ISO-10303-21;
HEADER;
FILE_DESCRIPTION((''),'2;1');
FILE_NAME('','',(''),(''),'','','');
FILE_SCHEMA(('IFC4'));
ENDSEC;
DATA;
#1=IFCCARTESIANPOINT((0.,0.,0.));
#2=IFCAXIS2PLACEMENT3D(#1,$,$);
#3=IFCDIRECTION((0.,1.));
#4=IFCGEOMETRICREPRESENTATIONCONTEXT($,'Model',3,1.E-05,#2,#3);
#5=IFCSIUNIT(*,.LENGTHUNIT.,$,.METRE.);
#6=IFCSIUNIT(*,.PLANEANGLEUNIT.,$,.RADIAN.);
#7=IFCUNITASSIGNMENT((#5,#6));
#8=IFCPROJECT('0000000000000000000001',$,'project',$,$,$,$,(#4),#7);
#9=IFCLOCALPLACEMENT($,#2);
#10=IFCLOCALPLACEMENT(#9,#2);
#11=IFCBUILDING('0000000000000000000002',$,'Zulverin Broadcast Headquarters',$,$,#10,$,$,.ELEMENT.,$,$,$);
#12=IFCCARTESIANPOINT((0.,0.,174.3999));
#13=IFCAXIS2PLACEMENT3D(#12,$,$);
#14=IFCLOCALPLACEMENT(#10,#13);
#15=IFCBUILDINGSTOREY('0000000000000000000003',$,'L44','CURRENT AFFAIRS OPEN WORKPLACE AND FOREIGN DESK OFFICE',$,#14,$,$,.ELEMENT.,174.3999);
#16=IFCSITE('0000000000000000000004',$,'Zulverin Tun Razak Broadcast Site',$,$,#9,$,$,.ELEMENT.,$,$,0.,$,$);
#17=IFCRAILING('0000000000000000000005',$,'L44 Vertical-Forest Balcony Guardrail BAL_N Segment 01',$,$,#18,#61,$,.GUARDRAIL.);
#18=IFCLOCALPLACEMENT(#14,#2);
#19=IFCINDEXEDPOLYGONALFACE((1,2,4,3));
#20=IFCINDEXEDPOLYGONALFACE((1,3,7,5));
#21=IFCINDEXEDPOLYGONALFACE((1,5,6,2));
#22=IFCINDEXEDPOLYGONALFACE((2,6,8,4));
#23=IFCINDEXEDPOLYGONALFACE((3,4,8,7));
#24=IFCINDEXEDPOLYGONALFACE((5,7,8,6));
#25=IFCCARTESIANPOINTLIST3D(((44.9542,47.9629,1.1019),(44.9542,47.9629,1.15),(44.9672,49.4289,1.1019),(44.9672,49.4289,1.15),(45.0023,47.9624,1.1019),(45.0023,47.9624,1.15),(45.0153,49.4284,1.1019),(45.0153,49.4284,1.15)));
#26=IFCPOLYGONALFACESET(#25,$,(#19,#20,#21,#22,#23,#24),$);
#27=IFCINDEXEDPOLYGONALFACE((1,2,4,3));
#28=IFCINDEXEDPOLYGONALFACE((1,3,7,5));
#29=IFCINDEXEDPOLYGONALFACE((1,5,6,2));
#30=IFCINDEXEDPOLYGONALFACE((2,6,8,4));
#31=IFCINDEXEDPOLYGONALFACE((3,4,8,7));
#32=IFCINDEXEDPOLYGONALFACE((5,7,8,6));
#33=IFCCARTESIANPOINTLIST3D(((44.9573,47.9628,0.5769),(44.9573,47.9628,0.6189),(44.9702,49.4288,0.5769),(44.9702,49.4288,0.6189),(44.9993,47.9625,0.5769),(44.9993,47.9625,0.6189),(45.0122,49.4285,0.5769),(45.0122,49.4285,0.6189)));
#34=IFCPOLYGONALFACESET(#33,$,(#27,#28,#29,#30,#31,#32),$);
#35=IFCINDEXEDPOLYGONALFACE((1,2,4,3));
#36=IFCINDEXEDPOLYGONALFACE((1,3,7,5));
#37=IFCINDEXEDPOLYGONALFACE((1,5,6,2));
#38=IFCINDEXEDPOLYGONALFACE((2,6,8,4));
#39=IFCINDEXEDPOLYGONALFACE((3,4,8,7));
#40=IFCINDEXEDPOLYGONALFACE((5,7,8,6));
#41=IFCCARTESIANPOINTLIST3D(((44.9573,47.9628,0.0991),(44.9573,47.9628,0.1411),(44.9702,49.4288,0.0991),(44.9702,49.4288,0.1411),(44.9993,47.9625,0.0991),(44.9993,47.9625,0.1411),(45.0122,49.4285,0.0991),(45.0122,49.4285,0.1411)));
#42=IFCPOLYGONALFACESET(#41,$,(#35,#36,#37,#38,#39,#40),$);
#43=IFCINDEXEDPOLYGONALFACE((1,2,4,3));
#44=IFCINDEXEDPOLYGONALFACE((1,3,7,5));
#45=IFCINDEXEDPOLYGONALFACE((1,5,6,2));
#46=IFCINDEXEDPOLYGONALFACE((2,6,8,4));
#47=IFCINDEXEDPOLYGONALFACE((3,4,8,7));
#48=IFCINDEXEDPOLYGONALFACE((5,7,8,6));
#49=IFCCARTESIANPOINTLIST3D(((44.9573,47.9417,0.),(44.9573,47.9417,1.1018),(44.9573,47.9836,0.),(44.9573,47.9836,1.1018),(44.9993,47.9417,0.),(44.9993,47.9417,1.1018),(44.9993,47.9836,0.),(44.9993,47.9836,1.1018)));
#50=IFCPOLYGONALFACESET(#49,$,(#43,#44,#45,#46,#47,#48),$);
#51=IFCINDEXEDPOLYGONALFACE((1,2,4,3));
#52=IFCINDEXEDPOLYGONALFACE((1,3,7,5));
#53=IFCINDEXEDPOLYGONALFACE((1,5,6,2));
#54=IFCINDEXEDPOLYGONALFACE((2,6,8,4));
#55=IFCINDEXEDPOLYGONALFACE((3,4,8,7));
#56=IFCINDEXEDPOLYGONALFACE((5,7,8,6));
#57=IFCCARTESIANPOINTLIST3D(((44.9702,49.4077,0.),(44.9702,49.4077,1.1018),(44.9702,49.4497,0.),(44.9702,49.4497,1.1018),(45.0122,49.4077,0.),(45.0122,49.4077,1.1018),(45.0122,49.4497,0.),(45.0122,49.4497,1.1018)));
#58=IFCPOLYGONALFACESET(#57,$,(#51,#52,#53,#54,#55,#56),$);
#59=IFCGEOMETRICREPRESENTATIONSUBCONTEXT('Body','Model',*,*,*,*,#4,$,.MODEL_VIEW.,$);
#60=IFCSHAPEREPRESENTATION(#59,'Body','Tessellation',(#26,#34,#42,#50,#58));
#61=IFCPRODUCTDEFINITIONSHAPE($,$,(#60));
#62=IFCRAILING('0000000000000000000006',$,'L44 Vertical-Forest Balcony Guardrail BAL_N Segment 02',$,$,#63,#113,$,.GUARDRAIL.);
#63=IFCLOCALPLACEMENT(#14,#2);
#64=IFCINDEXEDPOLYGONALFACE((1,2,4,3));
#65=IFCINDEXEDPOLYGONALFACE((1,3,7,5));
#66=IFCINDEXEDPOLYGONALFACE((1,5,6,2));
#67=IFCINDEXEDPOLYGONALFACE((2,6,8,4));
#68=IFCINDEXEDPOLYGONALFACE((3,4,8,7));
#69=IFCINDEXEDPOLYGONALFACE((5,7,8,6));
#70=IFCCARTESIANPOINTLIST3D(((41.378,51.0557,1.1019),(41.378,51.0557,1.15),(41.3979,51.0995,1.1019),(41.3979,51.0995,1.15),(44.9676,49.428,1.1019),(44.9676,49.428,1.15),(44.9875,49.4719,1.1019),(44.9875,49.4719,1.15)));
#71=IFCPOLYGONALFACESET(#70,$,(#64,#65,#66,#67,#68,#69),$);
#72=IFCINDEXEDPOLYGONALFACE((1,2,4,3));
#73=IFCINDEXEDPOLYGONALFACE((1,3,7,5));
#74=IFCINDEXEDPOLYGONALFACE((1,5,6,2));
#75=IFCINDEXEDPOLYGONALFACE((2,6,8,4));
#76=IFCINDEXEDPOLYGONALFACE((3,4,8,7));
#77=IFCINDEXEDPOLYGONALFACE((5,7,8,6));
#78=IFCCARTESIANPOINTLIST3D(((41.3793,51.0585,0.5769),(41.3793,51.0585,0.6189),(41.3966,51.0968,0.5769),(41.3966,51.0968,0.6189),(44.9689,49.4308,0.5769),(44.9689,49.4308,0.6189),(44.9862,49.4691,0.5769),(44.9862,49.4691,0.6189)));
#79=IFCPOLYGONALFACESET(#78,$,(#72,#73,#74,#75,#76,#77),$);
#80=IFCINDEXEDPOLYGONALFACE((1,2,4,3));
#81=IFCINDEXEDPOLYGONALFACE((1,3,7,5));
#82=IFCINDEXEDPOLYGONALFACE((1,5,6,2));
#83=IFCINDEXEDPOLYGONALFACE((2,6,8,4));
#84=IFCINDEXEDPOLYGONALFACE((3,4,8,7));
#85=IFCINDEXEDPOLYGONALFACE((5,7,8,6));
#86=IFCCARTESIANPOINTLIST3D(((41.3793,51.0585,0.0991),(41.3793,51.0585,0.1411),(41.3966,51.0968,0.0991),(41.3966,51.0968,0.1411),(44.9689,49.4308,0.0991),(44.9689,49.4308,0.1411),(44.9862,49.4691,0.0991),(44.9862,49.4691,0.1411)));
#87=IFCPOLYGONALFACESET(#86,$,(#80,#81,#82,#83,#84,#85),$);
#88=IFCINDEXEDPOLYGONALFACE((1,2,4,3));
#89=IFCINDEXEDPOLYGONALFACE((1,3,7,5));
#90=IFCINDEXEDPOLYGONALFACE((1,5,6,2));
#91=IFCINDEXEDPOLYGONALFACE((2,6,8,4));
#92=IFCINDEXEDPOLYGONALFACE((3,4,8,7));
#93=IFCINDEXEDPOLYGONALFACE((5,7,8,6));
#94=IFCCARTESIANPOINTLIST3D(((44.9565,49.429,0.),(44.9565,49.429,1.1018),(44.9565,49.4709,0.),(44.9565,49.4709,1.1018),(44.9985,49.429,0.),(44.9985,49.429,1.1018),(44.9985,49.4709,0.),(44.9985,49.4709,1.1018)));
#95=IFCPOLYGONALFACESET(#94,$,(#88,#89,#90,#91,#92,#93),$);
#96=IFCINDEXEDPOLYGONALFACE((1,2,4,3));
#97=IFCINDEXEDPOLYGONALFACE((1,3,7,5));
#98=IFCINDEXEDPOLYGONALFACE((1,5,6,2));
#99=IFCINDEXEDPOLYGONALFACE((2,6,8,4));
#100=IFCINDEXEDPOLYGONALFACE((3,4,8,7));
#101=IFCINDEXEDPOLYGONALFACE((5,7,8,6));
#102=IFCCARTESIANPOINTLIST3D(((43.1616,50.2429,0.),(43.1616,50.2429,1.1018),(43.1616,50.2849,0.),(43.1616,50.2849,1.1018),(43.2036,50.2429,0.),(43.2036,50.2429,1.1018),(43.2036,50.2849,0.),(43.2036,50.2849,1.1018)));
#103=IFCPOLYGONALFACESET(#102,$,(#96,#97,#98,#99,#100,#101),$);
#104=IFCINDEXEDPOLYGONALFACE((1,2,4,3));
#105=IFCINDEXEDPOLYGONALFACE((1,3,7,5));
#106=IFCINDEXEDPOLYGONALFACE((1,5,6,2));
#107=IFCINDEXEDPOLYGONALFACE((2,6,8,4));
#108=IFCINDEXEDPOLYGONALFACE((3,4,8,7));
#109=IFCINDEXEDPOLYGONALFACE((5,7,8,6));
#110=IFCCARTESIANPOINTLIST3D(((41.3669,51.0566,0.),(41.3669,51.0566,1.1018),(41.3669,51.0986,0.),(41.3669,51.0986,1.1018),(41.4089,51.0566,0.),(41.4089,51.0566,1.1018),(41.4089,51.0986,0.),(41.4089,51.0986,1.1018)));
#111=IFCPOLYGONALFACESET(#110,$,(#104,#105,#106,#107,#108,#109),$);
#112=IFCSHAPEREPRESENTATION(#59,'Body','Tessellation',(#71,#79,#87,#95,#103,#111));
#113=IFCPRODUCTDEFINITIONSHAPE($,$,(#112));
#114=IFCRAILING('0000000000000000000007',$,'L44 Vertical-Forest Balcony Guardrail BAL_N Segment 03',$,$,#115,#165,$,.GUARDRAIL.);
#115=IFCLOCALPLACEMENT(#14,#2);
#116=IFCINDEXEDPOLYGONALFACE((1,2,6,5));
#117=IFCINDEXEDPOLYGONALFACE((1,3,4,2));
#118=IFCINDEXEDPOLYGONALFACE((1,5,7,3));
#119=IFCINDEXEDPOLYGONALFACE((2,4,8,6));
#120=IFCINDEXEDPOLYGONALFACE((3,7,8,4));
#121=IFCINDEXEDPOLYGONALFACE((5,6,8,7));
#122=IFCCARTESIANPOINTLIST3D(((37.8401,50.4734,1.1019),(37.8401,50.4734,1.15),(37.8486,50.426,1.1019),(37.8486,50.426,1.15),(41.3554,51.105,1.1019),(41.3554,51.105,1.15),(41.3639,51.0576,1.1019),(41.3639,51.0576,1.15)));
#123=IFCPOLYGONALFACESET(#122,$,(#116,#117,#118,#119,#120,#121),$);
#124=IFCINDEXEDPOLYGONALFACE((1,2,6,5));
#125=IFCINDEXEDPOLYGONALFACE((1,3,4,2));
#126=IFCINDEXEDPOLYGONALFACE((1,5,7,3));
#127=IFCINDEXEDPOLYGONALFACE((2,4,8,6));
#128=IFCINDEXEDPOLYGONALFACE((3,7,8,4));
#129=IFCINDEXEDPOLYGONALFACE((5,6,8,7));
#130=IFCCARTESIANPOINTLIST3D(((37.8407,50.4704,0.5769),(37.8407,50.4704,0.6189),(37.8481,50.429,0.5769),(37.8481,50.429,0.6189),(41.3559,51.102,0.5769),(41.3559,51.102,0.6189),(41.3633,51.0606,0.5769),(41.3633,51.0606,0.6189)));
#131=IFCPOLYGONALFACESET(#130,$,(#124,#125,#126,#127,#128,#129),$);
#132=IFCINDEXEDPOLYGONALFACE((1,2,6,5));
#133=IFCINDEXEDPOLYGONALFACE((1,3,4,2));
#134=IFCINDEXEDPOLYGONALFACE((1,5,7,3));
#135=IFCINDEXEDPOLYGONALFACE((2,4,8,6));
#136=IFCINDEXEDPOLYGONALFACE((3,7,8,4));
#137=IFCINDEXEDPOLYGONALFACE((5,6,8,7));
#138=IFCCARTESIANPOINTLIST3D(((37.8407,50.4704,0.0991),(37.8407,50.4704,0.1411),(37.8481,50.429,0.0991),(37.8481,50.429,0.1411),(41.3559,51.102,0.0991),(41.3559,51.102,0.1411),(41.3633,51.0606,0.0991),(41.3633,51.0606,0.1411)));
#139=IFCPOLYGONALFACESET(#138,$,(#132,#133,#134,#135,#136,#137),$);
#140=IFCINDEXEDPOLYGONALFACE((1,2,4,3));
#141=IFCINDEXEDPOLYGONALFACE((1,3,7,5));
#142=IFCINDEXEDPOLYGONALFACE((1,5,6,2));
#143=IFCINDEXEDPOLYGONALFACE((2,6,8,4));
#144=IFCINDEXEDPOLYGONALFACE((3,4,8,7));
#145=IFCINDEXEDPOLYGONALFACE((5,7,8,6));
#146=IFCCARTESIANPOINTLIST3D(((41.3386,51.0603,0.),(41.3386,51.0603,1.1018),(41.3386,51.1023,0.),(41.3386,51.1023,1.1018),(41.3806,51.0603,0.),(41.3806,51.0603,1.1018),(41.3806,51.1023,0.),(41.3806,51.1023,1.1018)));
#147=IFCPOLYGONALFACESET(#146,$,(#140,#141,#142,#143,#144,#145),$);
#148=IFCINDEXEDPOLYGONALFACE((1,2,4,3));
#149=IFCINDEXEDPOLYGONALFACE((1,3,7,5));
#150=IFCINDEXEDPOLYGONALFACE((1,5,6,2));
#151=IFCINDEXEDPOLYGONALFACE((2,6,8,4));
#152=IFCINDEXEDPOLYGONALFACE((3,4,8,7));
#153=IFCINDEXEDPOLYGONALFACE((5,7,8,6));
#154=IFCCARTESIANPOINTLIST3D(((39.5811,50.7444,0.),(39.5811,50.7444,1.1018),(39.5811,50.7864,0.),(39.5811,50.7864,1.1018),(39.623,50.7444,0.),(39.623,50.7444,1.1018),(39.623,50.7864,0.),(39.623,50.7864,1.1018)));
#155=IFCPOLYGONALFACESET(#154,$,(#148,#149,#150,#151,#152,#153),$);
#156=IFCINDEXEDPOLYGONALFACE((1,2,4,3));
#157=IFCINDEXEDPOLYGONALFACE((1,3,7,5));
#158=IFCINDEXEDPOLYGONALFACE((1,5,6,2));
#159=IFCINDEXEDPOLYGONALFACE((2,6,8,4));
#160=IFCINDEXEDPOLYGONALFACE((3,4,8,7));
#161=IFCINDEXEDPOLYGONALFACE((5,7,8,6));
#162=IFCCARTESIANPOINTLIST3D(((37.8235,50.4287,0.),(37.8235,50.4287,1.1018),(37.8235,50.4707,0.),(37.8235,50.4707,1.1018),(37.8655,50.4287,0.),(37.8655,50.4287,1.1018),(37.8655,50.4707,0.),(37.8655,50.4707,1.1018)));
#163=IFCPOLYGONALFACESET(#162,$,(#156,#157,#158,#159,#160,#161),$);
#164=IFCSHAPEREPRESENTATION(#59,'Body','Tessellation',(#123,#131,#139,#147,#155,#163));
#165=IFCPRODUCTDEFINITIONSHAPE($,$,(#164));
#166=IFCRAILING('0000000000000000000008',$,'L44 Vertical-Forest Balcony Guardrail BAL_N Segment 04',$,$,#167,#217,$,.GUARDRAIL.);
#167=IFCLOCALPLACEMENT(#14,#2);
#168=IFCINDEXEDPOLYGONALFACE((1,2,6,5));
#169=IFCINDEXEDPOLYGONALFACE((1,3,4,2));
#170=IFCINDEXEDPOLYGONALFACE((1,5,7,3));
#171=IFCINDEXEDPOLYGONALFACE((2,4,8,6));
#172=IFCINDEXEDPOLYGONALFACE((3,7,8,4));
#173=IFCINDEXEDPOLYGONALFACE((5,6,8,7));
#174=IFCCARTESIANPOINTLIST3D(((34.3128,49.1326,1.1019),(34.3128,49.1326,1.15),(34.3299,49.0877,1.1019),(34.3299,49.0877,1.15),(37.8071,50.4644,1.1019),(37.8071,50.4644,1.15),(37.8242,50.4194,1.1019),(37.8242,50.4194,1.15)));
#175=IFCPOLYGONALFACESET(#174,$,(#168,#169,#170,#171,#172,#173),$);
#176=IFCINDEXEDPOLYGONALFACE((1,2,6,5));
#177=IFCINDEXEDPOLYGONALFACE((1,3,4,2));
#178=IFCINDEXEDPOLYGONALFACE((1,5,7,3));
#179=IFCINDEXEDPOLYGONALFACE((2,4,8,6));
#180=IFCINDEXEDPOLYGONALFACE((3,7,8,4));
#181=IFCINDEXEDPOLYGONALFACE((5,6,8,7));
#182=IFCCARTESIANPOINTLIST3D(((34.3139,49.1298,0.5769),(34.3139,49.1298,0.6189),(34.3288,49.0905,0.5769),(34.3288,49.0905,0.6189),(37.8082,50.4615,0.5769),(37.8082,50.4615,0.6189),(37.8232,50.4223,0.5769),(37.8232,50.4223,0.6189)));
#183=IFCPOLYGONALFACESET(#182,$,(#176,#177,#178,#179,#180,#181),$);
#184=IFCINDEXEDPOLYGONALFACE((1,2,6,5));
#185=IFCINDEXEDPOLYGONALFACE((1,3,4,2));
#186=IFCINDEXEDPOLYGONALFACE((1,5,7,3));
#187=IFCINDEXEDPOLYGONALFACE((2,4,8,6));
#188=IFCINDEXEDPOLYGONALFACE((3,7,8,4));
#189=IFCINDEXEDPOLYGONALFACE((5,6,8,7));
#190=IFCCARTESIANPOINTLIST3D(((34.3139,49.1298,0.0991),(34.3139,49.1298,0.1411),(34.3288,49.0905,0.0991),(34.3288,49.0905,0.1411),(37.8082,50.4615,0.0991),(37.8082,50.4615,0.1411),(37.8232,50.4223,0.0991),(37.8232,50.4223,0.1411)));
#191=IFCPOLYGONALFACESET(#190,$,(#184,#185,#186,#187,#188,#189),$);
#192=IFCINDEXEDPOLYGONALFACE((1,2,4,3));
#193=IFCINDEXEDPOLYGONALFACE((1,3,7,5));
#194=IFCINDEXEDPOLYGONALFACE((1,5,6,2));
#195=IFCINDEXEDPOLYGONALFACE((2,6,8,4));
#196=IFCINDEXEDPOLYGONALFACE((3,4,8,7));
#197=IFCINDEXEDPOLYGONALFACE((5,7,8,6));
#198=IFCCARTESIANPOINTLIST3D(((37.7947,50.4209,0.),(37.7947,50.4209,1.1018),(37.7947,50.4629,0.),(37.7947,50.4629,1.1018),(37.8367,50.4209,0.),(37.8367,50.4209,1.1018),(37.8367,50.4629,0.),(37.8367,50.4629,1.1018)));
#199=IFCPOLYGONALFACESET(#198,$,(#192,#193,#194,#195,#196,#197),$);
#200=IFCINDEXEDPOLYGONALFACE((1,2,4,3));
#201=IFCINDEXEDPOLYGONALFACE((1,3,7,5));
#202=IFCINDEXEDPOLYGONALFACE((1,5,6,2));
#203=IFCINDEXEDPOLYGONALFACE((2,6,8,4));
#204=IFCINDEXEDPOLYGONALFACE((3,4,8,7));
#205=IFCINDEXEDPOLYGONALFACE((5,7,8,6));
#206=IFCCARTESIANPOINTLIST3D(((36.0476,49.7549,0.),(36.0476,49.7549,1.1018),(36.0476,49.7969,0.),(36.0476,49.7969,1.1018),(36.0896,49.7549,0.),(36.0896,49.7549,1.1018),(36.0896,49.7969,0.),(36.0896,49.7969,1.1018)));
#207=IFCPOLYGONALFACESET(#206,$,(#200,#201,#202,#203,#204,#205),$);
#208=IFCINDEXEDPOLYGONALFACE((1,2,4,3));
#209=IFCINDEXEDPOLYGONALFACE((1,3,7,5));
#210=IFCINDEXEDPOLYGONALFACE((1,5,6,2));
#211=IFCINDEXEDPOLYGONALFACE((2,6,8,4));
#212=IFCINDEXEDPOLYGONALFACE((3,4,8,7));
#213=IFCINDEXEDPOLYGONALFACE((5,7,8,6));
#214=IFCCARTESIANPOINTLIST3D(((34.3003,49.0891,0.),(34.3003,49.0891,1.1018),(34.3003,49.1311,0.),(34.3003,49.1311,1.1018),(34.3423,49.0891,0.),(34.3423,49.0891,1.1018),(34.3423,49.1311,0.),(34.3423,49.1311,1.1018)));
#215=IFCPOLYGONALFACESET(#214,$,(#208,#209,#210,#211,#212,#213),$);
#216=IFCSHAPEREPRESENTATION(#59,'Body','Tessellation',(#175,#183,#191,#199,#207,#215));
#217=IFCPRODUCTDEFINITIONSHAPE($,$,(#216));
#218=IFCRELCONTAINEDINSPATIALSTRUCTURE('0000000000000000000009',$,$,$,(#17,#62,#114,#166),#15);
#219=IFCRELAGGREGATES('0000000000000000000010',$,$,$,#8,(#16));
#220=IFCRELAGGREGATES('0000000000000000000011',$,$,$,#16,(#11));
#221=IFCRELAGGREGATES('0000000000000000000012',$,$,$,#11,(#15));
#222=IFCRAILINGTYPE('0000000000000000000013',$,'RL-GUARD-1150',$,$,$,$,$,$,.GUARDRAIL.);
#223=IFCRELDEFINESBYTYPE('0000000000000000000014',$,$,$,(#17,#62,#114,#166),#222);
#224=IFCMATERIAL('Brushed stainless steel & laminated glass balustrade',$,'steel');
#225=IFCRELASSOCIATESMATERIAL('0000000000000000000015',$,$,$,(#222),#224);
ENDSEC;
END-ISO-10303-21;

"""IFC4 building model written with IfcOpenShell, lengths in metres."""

from ifc_helpers import new_model, si_unit, direction, frame, origin, origin_2d, place, context, subcontext, project, spatial, rectangle, extrude, material, type_object, element, save


model = new_model("IFC4")

# Units and contexts
model_context = context("Model", 3, precision=1e-05, world=origin(), true_north=direction((0.0, 1.0)))
body_context = subcontext(model_context, "Body", "Model", "MODEL_VIEW")
ifc_project = project(units=[si_unit("LENGTHUNIT", "METRE"), si_unit("PLANEANGLEUNIT", "RADIAN")], contexts=[model_context])

# Site, building, storey
site_placement = place(None, origin())
site = spatial("IfcSite", under=ifc_project, at=site_placement, Name="Zulverin Tun Razak Broadcast Site", CompositionType="ELEMENT", RefElevation=0.0)
building_placement = place(site_placement, origin())
building = spatial("IfcBuilding", under=site, at=building_placement, Name="Zulverin Broadcast Headquarters", CompositionType="ELEMENT")
storey_placement = place(building_placement, frame((0.0, 0.0, 174.3999)))
storey = spatial("IfcBuildingStorey", under=building, at=storey_placement, Name="L44", Description="CURRENT AFFAIRS OPEN WORKPLACE AND FOREIGN DESK OFFICE", CompositionType="ELEMENT", Elevation=174.3999)

# Railings
ifc_material_1 = material(Name="Brushed stainless steel & laminated glass balustrade", Category="steel")
railing_type_1 = type_object("IfcRailingType", Name="RL-GUARD-1150", PredefinedType="GUARDRAIL", material=ifc_material_1)
railing_1_placement = place(storey_placement, frame((44.9783, 47.9626, 0.0)))
element("IfcRailing", 1, at=railing_1_placement, inside=storey, type_object=railing_type_1, Name="L44 Vertical-Forest Balcony Guardrail BAL_N Segment 01", PredefinedType="GUARDRAIL", context=body_context, shape_type="SweptSolid", body=[
    extrude(rectangle(XDim=0.0481, YDim=0.0481, at=origin_2d()), frame((0.0, 0.0, 1.126), z_axis=(0.008826, 0.999961, 0.0), x_axis=(-0.999961, 0.008826, 0.0)), (0.0, 0.0, 1.0), 1.4661),
    extrude(rectangle(XDim=0.042, YDim=0.042, at=origin_2d()), frame((0.0, 0.0, 0.5979), z_axis=(0.008826, 0.999961, 0.0), x_axis=(-0.999961, 0.008826, 0.0)), (0.0, 0.0, 1.0), 1.4661),
    extrude(rectangle(XDim=0.042, YDim=0.042, at=origin_2d()), frame((0.0, 0.0, 0.1201), z_axis=(0.008826, 0.999961, 0.0), x_axis=(-0.999961, 0.008826, 0.0)), (0.0, 0.0, 1.0), 1.4661),
    extrude(rectangle(XDim=0.042, YDim=0.042, at=origin_2d()), origin(), (0.0, 0.0, 1.0), 1.1018),
    extrude(rectangle(XDim=0.042, YDim=0.042, at=origin_2d()), frame((0.0129, 1.4661, 0.0)), (0.0, 0.0, 1.0), 1.1018),
])
railing_2_placement = place(storey_placement, frame((44.9775, 49.45, 0.0)))
element("IfcRailing", 2, at=railing_2_placement, inside=storey, type_object=railing_type_1, Name="L44 Vertical-Forest Balcony Guardrail BAL_N Segment 02", PredefinedType="GUARDRAIL", context=body_context, shape_type="SweptSolid", body=[
    extrude(rectangle(XDim=0.0481, YDim=0.0481, at=origin_2d()), frame((0.0, 0.0, 1.126), z_axis=(-0.910744, 0.412972, 0.0), x_axis=(-0.412972, -0.910744, 0.0)), (0.0, 0.0, 1.0), 3.9414),
    extrude(rectangle(XDim=0.042, YDim=0.042, at=origin_2d()), frame((0.0, 0.0, 0.5979), z_axis=(-0.910744, 0.412972, 0.0), x_axis=(-0.412972, -0.910744, 0.0)), (0.0, 0.0, 1.0), 3.9414),
    extrude(rectangle(XDim=0.042, YDim=0.042, at=origin_2d()), frame((0.0, 0.0, 0.1201), z_axis=(-0.910744, 0.412972, 0.0), x_axis=(-0.412972, -0.910744, 0.0)), (0.0, 0.0, 1.0), 3.9414),
    extrude(rectangle(XDim=0.042, YDim=0.042, at=origin_2d()), origin(), (0.0, 0.0, 1.0), 1.1018),
    extrude(rectangle(XDim=0.042, YDim=0.042, at=origin_2d()), frame((-1.7949, 0.814, 0.0)), (0.0, 0.0, 1.0), 1.1018),
    extrude(rectangle(XDim=0.042, YDim=0.042, at=origin_2d()), frame((-3.5896, 1.6277, 0.0)), (0.0, 0.0, 1.0), 1.1018),
])
railing_3_placement = place(storey_placement, frame((41.3596, 51.0813, 0.0)))
element("IfcRailing", 3, at=railing_3_placement, inside=storey, type_object=railing_type_1, Name="L44 Vertical-Forest Balcony Guardrail BAL_N Segment 03", PredefinedType="GUARDRAIL", context=body_context, shape_type="SweptSolid", body=[
    extrude(rectangle(XDim=0.0481, YDim=0.0481, at=origin_2d()), frame((0.0, 0.0, 1.126), z_axis=(-0.984239, -0.176846, 0.0), x_axis=(0.176846, -0.984239, 0.0)), (0.0, 0.0, 1.0), 3.5715),
    extrude(rectangle(XDim=0.042, YDim=0.042, at=origin_2d()), frame((0.0, 0.0, 0.5979), z_axis=(-0.984239, -0.176846, 0.0), x_axis=(0.176846, -0.984239, 0.0)), (0.0, 0.0, 1.0), 3.5715),
    extrude(rectangle(XDim=0.042, YDim=0.042, at=origin_2d()), frame((0.0, 0.0, 0.1201), z_axis=(-0.984239, -0.176846, 0.0), x_axis=(0.176846, -0.984239, 0.0)), (0.0, 0.0, 1.0), 3.5715),
    extrude(rectangle(XDim=0.042, YDim=0.042, at=origin_2d()), origin(), (0.0, 0.0, 1.0), 1.1018),
    extrude(rectangle(XDim=0.042, YDim=0.042, at=origin_2d()), frame((-1.7576, -0.3159, 0.0)), (0.0, 0.0, 1.0), 1.1018),
    extrude(rectangle(XDim=0.042, YDim=0.042, at=origin_2d()), frame((-3.5151, -0.6316, 0.0)), (0.0, 0.0, 1.0), 1.1018),
])
railing_4_placement = place(storey_placement, frame((37.8157, 50.4419, 0.0)))
element("IfcRailing", 4, at=railing_4_placement, inside=storey, type_object=railing_type_1, Name="L44 Vertical-Forest Balcony Guardrail BAL_N Segment 04", PredefinedType="GUARDRAIL", context=body_context, shape_type="SweptSolid", body=[
    extrude(rectangle(XDim=0.0481, YDim=0.0481, at=origin_2d()), frame((0.0, 0.0, 1.126), z_axis=(-0.934435, -0.356134, 0.0), x_axis=(0.356134, -0.934435, 0.0)), (0.0, 0.0, 1.0), 3.7395),
    extrude(rectangle(XDim=0.042, YDim=0.042, at=origin_2d()), frame((0.0, 0.0, 0.5979), z_axis=(-0.934435, -0.356134, 0.0), x_axis=(0.356134, -0.934435, 0.0)), (0.0, 0.0, 1.0), 3.7395),
    extrude(rectangle(XDim=0.042, YDim=0.042, at=origin_2d()), frame((0.0, 0.0, 0.1201), z_axis=(-0.934435, -0.356134, 0.0), x_axis=(0.356134, -0.934435, 0.0)), (0.0, 0.0, 1.0), 3.7395),
    extrude(rectangle(XDim=0.042, YDim=0.042, at=origin_2d()), origin(), (0.0, 0.0, 1.0), 1.1018),
    extrude(rectangle(XDim=0.042, YDim=0.042, at=origin_2d()), frame((-1.7471, -0.666, 0.0)), (0.0, 0.0, 1.0), 1.1018),
    extrude(rectangle(XDim=0.042, YDim=0.042, at=origin_2d()), frame((-3.4944, -1.3318, 0.0)), (0.0, 0.0, 1.0), 1.1018),
])

save(model, "model.ifc")
